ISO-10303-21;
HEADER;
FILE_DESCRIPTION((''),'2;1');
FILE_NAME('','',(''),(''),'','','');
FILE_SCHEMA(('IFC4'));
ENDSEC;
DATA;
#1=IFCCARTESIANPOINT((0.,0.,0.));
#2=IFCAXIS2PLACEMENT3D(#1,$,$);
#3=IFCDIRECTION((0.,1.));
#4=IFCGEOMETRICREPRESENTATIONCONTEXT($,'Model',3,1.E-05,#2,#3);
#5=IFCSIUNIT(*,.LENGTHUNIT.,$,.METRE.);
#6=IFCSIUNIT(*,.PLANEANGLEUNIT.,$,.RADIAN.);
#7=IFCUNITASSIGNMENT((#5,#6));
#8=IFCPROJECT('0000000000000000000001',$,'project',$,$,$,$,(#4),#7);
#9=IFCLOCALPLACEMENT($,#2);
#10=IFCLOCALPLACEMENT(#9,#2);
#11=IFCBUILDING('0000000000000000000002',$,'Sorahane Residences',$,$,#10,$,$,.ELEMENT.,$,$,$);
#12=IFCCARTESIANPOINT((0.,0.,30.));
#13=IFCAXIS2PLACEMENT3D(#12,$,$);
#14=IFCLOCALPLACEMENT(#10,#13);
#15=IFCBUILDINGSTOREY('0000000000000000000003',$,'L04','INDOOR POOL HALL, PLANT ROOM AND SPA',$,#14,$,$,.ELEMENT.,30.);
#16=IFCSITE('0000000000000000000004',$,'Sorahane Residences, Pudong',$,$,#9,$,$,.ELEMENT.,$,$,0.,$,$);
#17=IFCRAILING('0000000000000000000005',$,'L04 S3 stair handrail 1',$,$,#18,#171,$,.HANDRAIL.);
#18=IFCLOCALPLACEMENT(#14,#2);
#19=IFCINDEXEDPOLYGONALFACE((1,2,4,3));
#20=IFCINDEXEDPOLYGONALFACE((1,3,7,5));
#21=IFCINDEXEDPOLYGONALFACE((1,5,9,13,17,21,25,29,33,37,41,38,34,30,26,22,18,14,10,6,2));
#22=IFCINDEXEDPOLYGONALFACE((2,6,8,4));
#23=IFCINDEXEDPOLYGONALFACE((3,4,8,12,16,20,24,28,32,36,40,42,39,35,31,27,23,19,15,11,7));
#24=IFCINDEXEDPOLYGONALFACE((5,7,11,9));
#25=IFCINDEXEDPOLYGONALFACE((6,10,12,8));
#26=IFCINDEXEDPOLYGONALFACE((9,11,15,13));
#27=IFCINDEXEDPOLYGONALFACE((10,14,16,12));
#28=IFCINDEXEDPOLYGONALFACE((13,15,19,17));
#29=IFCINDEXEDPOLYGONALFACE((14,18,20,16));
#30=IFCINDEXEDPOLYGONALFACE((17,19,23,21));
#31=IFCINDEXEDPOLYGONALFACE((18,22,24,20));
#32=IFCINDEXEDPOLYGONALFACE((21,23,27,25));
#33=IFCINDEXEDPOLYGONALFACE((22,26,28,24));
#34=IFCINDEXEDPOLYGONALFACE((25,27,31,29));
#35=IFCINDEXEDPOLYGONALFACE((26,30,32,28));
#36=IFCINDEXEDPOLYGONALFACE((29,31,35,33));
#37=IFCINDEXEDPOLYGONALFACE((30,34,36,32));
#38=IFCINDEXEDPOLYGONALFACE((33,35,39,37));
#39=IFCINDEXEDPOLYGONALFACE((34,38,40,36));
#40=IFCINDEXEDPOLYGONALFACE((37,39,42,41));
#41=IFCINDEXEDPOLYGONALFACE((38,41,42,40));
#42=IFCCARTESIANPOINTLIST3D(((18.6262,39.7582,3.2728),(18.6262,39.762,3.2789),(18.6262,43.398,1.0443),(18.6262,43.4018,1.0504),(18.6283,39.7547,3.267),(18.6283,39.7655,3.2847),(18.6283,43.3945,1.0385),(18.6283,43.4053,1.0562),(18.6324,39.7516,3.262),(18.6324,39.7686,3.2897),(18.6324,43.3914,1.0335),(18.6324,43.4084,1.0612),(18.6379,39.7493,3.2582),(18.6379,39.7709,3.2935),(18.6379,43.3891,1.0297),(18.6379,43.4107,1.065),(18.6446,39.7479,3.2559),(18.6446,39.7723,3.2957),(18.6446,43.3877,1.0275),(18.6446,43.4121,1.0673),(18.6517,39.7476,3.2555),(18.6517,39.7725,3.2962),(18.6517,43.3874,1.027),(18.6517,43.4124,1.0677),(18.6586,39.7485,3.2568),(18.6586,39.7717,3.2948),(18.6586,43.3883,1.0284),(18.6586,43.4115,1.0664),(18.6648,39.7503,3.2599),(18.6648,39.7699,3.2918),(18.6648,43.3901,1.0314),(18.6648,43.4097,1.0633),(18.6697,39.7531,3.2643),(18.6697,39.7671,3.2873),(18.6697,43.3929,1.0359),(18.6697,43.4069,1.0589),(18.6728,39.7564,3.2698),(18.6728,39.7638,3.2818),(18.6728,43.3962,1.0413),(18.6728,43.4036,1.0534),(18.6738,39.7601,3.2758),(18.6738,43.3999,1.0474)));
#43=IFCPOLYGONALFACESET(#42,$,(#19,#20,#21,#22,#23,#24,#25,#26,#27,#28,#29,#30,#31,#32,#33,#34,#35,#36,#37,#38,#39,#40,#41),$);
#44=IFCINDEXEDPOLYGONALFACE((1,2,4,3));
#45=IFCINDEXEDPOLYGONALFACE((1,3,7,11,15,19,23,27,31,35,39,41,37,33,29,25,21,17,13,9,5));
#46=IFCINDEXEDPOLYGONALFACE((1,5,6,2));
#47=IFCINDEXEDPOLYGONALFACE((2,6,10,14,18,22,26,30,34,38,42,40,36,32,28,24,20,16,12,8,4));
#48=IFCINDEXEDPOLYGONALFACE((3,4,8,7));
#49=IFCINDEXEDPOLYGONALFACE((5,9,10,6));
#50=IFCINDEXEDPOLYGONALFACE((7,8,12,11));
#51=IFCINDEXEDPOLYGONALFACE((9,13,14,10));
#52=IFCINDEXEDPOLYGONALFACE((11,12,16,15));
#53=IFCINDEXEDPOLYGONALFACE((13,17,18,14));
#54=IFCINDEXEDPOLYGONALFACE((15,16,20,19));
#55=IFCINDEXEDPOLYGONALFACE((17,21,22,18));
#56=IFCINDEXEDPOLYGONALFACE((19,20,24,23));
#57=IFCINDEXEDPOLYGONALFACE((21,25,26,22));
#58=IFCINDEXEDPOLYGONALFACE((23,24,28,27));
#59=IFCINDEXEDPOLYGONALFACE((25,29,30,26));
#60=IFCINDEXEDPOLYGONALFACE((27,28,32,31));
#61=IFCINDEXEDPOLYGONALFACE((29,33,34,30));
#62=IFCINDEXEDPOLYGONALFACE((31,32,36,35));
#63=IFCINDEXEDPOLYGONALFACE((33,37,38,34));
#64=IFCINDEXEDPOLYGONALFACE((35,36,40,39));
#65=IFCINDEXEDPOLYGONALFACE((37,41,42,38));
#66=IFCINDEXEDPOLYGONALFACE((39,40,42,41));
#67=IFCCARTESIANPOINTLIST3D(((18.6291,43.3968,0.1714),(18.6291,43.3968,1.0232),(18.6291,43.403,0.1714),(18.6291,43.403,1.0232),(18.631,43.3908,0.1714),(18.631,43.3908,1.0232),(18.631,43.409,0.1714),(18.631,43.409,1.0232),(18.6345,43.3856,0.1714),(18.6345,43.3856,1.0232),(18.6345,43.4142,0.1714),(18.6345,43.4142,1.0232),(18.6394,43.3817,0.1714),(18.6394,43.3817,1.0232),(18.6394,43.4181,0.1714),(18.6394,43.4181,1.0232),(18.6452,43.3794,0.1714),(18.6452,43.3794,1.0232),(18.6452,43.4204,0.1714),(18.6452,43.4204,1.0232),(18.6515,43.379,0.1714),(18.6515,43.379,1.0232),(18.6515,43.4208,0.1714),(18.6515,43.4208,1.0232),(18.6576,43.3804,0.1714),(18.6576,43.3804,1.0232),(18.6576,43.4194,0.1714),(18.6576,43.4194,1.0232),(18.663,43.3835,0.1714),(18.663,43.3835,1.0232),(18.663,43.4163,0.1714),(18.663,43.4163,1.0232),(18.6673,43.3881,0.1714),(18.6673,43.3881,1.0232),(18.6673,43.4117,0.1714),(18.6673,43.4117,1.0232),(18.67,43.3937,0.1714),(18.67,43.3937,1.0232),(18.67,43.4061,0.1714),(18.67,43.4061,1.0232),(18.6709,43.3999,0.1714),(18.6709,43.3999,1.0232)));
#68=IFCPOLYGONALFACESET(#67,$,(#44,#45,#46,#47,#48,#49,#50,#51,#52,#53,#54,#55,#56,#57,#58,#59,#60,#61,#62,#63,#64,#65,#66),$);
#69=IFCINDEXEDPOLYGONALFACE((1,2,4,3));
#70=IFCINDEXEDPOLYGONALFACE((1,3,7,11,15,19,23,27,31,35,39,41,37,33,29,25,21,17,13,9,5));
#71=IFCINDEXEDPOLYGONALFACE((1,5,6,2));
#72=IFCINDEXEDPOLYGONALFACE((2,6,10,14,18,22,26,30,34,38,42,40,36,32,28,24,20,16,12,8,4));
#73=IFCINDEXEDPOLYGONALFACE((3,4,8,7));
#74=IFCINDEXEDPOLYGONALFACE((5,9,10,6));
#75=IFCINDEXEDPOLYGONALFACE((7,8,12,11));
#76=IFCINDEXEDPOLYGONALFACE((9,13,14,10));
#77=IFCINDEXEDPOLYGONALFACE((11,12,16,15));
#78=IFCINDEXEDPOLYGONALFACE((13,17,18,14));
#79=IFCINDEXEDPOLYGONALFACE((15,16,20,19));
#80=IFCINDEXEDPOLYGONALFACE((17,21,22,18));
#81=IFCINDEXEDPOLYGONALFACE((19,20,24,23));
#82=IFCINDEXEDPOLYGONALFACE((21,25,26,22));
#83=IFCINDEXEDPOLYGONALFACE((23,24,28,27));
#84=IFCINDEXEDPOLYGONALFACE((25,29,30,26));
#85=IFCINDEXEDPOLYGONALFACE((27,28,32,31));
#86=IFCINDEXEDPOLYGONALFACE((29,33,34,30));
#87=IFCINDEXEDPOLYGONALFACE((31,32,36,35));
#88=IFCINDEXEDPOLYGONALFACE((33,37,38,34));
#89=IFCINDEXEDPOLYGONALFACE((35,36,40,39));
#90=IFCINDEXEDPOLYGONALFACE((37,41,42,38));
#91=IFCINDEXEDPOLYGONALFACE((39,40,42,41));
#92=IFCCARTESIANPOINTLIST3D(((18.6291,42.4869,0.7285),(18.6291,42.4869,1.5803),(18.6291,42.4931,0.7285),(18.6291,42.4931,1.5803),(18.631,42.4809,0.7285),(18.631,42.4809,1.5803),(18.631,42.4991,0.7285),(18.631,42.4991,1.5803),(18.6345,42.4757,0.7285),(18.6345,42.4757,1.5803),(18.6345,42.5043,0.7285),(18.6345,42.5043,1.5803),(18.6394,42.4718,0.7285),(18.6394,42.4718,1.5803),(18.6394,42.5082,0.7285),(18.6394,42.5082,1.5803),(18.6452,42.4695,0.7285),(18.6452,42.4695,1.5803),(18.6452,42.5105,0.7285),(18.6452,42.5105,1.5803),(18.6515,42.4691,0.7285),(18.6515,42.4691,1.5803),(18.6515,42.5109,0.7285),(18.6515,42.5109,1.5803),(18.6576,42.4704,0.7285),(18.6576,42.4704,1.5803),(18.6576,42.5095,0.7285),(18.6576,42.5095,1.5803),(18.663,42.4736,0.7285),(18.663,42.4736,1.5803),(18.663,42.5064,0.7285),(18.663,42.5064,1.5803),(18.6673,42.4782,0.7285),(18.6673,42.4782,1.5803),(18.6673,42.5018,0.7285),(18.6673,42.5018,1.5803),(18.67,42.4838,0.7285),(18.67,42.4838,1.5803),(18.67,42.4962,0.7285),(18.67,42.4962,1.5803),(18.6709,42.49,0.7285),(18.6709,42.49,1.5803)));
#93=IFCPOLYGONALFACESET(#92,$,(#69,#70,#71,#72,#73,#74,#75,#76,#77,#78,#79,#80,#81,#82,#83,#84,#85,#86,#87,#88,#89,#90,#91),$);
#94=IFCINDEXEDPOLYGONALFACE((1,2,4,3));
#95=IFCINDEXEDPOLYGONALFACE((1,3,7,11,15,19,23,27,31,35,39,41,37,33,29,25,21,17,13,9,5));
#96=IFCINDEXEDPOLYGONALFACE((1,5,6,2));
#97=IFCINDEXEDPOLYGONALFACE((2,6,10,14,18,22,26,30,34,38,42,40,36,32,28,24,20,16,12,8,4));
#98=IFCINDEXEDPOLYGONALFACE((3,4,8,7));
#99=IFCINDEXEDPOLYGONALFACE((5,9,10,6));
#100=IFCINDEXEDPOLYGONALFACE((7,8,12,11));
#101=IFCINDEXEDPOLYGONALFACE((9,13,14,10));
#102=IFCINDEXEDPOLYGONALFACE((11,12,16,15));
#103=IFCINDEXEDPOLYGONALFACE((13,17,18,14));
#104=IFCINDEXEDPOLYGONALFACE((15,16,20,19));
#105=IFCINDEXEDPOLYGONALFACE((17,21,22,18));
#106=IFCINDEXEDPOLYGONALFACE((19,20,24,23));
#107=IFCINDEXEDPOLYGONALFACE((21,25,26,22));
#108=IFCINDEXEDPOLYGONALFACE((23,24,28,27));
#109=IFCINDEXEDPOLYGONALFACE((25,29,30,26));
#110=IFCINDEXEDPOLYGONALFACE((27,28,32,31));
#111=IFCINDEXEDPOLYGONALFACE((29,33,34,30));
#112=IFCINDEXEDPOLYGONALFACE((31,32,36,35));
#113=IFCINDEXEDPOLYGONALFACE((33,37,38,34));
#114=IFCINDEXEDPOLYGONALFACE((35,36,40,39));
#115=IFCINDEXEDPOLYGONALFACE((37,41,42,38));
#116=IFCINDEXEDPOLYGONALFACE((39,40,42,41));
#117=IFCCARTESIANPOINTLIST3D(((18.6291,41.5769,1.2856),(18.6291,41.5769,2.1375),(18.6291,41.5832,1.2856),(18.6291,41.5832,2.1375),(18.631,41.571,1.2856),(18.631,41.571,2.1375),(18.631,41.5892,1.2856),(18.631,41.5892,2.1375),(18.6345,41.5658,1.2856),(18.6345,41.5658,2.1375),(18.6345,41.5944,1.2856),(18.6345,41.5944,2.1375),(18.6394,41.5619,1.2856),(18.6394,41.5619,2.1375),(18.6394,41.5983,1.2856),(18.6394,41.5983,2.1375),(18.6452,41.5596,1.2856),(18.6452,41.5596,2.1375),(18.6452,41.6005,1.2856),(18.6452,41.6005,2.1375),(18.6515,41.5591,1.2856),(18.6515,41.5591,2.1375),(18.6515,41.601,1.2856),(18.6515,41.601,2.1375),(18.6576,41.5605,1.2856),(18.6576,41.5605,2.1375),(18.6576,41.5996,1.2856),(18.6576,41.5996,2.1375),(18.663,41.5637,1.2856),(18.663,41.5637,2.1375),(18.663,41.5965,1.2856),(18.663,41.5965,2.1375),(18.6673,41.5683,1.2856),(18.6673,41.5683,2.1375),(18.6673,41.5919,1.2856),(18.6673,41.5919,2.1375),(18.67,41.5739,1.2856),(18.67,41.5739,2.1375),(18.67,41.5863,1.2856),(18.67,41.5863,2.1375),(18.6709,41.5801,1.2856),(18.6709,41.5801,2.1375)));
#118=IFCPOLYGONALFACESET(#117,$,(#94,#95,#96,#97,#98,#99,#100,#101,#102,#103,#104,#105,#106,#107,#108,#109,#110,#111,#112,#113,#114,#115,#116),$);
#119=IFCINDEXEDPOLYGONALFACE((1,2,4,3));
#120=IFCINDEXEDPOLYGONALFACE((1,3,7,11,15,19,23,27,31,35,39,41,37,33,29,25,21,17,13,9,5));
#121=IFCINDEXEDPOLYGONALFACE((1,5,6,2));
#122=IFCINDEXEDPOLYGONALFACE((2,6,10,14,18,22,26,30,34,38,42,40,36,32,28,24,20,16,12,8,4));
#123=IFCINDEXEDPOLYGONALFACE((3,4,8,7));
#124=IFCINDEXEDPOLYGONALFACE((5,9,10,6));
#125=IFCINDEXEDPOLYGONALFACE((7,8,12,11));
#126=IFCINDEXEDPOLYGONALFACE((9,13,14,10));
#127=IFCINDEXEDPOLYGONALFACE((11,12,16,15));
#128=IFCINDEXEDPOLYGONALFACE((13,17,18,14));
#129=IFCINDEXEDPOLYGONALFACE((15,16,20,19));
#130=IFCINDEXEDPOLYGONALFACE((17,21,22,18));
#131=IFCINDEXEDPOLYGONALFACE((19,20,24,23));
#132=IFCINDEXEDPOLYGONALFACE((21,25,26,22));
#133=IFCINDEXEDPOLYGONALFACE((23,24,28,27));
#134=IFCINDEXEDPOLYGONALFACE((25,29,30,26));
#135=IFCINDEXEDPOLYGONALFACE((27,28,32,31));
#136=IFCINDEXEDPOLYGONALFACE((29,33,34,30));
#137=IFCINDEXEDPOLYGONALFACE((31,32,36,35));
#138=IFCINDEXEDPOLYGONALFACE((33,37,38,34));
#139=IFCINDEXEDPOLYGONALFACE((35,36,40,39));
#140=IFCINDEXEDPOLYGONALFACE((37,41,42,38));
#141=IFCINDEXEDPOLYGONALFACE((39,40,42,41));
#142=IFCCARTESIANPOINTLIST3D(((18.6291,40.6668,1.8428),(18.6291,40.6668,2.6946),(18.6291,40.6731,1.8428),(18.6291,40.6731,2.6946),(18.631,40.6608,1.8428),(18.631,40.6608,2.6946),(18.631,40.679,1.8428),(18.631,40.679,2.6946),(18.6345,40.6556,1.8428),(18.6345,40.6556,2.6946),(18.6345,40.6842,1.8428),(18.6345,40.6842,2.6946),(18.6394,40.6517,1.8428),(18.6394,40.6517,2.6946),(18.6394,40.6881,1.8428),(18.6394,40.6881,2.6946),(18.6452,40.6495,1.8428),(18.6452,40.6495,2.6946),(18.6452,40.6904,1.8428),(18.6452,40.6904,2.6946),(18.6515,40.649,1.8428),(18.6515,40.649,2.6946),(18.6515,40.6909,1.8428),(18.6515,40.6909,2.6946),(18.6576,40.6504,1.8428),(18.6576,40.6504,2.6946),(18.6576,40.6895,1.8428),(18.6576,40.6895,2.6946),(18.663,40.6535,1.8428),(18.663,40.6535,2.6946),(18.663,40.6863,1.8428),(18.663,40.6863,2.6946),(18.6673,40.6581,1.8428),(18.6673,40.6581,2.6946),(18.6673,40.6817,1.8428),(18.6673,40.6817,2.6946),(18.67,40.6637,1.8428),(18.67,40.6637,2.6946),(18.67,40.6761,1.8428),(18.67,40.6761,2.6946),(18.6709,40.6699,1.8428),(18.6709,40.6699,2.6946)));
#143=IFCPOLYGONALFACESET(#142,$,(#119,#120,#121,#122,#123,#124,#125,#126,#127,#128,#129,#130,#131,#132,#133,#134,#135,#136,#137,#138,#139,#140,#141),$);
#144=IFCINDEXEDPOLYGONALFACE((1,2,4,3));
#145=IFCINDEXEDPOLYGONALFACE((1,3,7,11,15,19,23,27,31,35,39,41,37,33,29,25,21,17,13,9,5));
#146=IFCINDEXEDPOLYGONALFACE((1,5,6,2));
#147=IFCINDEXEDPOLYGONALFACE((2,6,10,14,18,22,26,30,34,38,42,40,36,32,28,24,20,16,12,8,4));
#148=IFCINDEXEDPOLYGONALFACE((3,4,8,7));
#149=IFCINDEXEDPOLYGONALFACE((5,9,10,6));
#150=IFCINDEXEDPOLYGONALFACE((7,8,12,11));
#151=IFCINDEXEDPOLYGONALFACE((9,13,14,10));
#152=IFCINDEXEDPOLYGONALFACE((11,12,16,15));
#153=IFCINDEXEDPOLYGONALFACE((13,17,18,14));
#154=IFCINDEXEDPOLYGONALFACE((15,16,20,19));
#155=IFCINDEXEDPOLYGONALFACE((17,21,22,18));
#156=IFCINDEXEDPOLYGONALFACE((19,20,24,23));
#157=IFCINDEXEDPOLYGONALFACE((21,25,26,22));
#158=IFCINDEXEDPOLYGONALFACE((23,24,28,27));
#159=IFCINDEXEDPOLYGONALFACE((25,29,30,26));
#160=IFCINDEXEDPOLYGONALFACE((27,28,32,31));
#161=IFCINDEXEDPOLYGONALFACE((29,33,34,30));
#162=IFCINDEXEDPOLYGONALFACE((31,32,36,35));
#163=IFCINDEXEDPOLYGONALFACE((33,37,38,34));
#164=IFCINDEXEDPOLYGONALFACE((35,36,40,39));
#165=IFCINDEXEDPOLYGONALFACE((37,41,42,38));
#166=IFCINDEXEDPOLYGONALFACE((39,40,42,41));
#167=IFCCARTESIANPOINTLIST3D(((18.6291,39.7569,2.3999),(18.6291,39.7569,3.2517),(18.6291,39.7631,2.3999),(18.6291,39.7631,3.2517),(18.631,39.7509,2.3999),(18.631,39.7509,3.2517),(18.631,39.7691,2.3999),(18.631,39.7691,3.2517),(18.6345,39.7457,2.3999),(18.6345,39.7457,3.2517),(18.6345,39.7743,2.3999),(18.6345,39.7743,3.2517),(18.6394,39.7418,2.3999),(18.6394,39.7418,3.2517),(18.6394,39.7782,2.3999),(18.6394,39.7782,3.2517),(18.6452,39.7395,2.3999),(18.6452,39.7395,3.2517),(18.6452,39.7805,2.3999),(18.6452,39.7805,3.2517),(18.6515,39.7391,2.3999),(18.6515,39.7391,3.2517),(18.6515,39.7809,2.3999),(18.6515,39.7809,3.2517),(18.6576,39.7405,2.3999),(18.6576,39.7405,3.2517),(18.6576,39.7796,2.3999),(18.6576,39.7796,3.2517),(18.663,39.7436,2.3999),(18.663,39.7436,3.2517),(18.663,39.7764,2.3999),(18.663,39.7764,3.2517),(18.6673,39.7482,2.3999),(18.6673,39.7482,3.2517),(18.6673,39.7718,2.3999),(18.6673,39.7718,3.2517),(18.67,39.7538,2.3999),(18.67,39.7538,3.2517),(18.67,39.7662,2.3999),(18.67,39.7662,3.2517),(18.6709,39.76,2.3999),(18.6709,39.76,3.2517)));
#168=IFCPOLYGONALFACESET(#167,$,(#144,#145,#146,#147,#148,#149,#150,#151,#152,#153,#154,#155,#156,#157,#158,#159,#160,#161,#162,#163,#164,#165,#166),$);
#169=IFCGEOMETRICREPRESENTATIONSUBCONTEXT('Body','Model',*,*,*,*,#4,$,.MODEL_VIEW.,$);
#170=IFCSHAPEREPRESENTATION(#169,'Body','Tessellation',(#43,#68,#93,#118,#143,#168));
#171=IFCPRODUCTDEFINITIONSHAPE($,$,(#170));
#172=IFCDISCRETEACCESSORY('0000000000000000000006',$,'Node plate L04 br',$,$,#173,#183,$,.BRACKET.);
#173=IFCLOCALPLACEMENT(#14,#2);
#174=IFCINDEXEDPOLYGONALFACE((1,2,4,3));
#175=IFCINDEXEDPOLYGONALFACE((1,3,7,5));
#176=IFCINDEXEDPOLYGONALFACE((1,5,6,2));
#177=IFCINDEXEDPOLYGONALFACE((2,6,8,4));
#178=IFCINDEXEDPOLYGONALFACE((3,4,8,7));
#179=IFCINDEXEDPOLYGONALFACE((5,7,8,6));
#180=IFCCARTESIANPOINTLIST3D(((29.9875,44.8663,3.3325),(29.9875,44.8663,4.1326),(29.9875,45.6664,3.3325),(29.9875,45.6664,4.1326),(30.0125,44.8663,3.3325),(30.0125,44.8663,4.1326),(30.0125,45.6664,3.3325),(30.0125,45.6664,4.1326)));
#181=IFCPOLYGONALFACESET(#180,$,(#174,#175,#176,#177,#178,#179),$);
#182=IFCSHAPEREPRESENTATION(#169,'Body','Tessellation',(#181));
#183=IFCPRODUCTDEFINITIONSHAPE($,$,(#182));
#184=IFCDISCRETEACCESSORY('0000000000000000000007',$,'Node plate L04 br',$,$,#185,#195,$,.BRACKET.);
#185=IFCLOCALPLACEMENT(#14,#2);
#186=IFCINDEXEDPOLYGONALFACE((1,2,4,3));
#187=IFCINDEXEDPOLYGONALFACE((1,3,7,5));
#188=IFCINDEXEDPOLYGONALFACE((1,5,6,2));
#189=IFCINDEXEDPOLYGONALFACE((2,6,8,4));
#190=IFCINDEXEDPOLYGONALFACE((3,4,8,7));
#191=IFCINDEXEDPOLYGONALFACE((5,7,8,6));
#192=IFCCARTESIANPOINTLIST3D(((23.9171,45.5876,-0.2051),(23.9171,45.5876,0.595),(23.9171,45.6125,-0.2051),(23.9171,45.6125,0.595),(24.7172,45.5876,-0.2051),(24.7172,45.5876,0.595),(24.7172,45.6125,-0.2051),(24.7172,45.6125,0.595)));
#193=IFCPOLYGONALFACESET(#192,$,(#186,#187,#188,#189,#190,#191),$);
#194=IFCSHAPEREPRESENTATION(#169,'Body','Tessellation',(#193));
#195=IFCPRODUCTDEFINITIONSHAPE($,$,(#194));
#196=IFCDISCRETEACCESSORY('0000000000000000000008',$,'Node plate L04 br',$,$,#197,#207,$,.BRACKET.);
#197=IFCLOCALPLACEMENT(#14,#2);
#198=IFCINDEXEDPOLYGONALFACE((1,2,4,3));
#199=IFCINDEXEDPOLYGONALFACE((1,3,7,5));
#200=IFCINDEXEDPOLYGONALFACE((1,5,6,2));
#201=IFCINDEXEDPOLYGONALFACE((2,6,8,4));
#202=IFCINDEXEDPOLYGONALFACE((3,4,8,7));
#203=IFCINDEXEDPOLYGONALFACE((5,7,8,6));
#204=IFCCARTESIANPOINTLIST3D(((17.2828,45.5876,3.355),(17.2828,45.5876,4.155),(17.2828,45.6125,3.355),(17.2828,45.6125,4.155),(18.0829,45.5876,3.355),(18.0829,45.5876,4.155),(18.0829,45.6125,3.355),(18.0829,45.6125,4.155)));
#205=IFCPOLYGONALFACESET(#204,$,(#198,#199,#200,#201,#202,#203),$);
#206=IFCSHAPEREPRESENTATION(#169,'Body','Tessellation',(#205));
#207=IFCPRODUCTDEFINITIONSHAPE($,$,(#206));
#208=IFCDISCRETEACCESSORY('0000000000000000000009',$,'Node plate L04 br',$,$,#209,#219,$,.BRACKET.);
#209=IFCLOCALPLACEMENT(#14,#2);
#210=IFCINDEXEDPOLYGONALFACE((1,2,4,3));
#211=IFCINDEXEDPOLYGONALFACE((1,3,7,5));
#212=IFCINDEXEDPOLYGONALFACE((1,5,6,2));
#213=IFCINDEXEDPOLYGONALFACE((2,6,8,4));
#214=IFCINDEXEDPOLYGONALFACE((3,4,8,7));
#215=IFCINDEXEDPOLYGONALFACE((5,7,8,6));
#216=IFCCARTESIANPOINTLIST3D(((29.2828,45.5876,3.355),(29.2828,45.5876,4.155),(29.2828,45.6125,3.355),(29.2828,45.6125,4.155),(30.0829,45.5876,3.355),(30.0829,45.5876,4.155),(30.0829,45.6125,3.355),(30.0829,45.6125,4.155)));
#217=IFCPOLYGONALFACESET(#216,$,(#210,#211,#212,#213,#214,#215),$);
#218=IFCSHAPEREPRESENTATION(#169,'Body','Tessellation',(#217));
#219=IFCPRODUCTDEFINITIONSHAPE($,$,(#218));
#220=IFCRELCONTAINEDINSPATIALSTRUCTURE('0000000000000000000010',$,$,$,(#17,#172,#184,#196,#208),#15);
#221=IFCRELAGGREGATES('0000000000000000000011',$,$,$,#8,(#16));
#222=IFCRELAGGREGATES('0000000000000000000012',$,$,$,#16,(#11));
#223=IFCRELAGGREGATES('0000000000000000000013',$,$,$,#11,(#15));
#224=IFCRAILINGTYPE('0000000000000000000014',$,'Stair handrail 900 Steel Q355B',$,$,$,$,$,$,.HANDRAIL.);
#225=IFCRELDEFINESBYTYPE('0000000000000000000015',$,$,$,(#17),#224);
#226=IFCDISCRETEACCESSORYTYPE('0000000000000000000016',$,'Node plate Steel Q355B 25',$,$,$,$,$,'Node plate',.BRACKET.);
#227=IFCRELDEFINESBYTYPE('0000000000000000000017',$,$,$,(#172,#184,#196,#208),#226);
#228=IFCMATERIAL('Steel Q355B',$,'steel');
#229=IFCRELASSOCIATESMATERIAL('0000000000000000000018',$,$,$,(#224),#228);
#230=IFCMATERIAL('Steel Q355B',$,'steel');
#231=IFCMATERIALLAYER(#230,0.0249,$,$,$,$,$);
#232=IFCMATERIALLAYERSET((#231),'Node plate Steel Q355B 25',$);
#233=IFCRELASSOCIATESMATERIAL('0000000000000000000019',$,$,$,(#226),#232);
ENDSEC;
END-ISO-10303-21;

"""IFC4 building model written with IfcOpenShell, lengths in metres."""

from ifc_helpers import new_model, si_unit, direction, frame, origin, origin_2d, place, context, subcontext, project, spatial, rectangle, circle, extrude, material, layer, layer_set, type_object, element, save


model = new_model("IFC4")

# Units and contexts
model_context = context("Model", 3, precision=1e-05, world=origin(), true_north=direction((0.0, 1.0)))
body_context = subcontext(model_context, "Body", "Model", "MODEL_VIEW")
ifc_project = project(units=[si_unit("LENGTHUNIT", "METRE"), si_unit("PLANEANGLEUNIT", "RADIAN")], contexts=[model_context])

# Site, building, storey
site_placement = place(None, origin())
site = spatial("IfcSite", under=ifc_project, at=site_placement, Name="Sorahane Residences, Pudong", CompositionType="ELEMENT", RefElevation=0.0)
building_placement = place(site_placement, origin())
building = spatial("IfcBuilding", under=site, at=building_placement, Name="Sorahane Residences", CompositionType="ELEMENT")
storey_placement = place(building_placement, frame((0.0, 0.0, 30.0)))
storey = spatial("IfcBuildingStorey", under=building, at=storey_placement, Name="L04", Description="INDOOR POOL HALL, PLANT ROOM AND SPA", CompositionType="ELEMENT", Elevation=30.0)

# Railing
ifc_material_1 = material(Name="Steel Q355B", Category="steel")
railing_type_1 = type_object("IfcRailingType", Name="Stair handrail 900 Steel Q355B", PredefinedType="HANDRAIL", material=ifc_material_1)
railing_1_placement = place(storey_placement, frame((18.6499, 43.3999, 0.1714)))
element("IfcRailing", 1, at=railing_1_placement, inside=storey, type_object=railing_type_1, Name="L04 S3 stair handrail 1", PredefinedType="HANDRAIL", context=body_context, shape_type="SweptSolid", body=[
    extrude(circle(Radius=0.0239, at=origin_2d()), frame((0.0, 0.0, 0.876), z_axis=(0.0, -0.85285, 0.522156), x_axis=(1.0, 0.0, 0.0)), (0.0, 0.0, 1.0), 4.2678),
    extrude(circle(Radius=0.021, at=origin_2d()), origin(), (0.0, 0.0, 1.0), 0.8518),
    extrude(circle(Radius=0.021, at=origin_2d()), frame((0.0, -0.9099, 0.5571)), (0.0, 0.0, 1.0), 0.8518),
    extrude(circle(Radius=0.021, at=origin_2d()), frame((0.0, -1.8198, 1.1143)), (0.0, 0.0, 1.0), 0.8518),
    extrude(circle(Radius=0.021, at=origin_2d()), frame((0.0, -2.73, 1.6714)), (0.0, 0.0, 1.0), 0.8518),
    extrude(circle(Radius=0.021, at=origin_2d()), frame((0.0, -3.6399, 2.2285)), (0.0, 0.0, 1.0), 0.8518),
])

# Discrete accessories
ifc_material_2 = material(Name="Steel Q355B", Category="steel")
ifc_layer_1 = layer(ifc_material_2, 0.0249)
ifc_layer_set_1 = layer_set([ifc_layer_1], Name="Node plate Steel Q355B 25")
discrete_accessory_type = type_object("IfcDiscreteAccessoryType", Name="Node plate Steel Q355B 25", ElementType="Node plate", PredefinedType="BRACKET", material=ifc_layer_set_1)
for number, where, z_axis, x_axis, name in (
    (2, (30.0, 45.2664, 3.3325), (0.0, 0.0, 1.0), (0.0, 1.0, 0.0), "Node plate L04 br"),
    (3, (24.3171, 45.6001, -0.2051), (0.0, 0.0, 1.0), (1.0, 0.0, 0.0), "Node plate L04 br"),
    (4, (17.6829, 45.6001, 3.355), (0.0, 0.0, 1.0), (1.0, 0.0, 0.0), "Node plate L04 br"),
    (5, (29.6829, 45.6001, 3.355), (0.0, 0.0, 1.0), (1.0, 0.0, 0.0), "Node plate L04 br"),
):
    element("IfcDiscreteAccessory", number, at=place(storey_placement, frame(where, z_axis=z_axis, x_axis=x_axis)), inside=storey, type_object=discrete_accessory_type, Name=name, PredefinedType="BRACKET", context=body_context, shape_type="SweptSolid", body=[
        extrude(rectangle(XDim=0.8, YDim=0.0249, at=origin_2d()), origin(), (0.0, 0.0, 1.0), 0.8),
    ])

save(model, "model.ifc")
